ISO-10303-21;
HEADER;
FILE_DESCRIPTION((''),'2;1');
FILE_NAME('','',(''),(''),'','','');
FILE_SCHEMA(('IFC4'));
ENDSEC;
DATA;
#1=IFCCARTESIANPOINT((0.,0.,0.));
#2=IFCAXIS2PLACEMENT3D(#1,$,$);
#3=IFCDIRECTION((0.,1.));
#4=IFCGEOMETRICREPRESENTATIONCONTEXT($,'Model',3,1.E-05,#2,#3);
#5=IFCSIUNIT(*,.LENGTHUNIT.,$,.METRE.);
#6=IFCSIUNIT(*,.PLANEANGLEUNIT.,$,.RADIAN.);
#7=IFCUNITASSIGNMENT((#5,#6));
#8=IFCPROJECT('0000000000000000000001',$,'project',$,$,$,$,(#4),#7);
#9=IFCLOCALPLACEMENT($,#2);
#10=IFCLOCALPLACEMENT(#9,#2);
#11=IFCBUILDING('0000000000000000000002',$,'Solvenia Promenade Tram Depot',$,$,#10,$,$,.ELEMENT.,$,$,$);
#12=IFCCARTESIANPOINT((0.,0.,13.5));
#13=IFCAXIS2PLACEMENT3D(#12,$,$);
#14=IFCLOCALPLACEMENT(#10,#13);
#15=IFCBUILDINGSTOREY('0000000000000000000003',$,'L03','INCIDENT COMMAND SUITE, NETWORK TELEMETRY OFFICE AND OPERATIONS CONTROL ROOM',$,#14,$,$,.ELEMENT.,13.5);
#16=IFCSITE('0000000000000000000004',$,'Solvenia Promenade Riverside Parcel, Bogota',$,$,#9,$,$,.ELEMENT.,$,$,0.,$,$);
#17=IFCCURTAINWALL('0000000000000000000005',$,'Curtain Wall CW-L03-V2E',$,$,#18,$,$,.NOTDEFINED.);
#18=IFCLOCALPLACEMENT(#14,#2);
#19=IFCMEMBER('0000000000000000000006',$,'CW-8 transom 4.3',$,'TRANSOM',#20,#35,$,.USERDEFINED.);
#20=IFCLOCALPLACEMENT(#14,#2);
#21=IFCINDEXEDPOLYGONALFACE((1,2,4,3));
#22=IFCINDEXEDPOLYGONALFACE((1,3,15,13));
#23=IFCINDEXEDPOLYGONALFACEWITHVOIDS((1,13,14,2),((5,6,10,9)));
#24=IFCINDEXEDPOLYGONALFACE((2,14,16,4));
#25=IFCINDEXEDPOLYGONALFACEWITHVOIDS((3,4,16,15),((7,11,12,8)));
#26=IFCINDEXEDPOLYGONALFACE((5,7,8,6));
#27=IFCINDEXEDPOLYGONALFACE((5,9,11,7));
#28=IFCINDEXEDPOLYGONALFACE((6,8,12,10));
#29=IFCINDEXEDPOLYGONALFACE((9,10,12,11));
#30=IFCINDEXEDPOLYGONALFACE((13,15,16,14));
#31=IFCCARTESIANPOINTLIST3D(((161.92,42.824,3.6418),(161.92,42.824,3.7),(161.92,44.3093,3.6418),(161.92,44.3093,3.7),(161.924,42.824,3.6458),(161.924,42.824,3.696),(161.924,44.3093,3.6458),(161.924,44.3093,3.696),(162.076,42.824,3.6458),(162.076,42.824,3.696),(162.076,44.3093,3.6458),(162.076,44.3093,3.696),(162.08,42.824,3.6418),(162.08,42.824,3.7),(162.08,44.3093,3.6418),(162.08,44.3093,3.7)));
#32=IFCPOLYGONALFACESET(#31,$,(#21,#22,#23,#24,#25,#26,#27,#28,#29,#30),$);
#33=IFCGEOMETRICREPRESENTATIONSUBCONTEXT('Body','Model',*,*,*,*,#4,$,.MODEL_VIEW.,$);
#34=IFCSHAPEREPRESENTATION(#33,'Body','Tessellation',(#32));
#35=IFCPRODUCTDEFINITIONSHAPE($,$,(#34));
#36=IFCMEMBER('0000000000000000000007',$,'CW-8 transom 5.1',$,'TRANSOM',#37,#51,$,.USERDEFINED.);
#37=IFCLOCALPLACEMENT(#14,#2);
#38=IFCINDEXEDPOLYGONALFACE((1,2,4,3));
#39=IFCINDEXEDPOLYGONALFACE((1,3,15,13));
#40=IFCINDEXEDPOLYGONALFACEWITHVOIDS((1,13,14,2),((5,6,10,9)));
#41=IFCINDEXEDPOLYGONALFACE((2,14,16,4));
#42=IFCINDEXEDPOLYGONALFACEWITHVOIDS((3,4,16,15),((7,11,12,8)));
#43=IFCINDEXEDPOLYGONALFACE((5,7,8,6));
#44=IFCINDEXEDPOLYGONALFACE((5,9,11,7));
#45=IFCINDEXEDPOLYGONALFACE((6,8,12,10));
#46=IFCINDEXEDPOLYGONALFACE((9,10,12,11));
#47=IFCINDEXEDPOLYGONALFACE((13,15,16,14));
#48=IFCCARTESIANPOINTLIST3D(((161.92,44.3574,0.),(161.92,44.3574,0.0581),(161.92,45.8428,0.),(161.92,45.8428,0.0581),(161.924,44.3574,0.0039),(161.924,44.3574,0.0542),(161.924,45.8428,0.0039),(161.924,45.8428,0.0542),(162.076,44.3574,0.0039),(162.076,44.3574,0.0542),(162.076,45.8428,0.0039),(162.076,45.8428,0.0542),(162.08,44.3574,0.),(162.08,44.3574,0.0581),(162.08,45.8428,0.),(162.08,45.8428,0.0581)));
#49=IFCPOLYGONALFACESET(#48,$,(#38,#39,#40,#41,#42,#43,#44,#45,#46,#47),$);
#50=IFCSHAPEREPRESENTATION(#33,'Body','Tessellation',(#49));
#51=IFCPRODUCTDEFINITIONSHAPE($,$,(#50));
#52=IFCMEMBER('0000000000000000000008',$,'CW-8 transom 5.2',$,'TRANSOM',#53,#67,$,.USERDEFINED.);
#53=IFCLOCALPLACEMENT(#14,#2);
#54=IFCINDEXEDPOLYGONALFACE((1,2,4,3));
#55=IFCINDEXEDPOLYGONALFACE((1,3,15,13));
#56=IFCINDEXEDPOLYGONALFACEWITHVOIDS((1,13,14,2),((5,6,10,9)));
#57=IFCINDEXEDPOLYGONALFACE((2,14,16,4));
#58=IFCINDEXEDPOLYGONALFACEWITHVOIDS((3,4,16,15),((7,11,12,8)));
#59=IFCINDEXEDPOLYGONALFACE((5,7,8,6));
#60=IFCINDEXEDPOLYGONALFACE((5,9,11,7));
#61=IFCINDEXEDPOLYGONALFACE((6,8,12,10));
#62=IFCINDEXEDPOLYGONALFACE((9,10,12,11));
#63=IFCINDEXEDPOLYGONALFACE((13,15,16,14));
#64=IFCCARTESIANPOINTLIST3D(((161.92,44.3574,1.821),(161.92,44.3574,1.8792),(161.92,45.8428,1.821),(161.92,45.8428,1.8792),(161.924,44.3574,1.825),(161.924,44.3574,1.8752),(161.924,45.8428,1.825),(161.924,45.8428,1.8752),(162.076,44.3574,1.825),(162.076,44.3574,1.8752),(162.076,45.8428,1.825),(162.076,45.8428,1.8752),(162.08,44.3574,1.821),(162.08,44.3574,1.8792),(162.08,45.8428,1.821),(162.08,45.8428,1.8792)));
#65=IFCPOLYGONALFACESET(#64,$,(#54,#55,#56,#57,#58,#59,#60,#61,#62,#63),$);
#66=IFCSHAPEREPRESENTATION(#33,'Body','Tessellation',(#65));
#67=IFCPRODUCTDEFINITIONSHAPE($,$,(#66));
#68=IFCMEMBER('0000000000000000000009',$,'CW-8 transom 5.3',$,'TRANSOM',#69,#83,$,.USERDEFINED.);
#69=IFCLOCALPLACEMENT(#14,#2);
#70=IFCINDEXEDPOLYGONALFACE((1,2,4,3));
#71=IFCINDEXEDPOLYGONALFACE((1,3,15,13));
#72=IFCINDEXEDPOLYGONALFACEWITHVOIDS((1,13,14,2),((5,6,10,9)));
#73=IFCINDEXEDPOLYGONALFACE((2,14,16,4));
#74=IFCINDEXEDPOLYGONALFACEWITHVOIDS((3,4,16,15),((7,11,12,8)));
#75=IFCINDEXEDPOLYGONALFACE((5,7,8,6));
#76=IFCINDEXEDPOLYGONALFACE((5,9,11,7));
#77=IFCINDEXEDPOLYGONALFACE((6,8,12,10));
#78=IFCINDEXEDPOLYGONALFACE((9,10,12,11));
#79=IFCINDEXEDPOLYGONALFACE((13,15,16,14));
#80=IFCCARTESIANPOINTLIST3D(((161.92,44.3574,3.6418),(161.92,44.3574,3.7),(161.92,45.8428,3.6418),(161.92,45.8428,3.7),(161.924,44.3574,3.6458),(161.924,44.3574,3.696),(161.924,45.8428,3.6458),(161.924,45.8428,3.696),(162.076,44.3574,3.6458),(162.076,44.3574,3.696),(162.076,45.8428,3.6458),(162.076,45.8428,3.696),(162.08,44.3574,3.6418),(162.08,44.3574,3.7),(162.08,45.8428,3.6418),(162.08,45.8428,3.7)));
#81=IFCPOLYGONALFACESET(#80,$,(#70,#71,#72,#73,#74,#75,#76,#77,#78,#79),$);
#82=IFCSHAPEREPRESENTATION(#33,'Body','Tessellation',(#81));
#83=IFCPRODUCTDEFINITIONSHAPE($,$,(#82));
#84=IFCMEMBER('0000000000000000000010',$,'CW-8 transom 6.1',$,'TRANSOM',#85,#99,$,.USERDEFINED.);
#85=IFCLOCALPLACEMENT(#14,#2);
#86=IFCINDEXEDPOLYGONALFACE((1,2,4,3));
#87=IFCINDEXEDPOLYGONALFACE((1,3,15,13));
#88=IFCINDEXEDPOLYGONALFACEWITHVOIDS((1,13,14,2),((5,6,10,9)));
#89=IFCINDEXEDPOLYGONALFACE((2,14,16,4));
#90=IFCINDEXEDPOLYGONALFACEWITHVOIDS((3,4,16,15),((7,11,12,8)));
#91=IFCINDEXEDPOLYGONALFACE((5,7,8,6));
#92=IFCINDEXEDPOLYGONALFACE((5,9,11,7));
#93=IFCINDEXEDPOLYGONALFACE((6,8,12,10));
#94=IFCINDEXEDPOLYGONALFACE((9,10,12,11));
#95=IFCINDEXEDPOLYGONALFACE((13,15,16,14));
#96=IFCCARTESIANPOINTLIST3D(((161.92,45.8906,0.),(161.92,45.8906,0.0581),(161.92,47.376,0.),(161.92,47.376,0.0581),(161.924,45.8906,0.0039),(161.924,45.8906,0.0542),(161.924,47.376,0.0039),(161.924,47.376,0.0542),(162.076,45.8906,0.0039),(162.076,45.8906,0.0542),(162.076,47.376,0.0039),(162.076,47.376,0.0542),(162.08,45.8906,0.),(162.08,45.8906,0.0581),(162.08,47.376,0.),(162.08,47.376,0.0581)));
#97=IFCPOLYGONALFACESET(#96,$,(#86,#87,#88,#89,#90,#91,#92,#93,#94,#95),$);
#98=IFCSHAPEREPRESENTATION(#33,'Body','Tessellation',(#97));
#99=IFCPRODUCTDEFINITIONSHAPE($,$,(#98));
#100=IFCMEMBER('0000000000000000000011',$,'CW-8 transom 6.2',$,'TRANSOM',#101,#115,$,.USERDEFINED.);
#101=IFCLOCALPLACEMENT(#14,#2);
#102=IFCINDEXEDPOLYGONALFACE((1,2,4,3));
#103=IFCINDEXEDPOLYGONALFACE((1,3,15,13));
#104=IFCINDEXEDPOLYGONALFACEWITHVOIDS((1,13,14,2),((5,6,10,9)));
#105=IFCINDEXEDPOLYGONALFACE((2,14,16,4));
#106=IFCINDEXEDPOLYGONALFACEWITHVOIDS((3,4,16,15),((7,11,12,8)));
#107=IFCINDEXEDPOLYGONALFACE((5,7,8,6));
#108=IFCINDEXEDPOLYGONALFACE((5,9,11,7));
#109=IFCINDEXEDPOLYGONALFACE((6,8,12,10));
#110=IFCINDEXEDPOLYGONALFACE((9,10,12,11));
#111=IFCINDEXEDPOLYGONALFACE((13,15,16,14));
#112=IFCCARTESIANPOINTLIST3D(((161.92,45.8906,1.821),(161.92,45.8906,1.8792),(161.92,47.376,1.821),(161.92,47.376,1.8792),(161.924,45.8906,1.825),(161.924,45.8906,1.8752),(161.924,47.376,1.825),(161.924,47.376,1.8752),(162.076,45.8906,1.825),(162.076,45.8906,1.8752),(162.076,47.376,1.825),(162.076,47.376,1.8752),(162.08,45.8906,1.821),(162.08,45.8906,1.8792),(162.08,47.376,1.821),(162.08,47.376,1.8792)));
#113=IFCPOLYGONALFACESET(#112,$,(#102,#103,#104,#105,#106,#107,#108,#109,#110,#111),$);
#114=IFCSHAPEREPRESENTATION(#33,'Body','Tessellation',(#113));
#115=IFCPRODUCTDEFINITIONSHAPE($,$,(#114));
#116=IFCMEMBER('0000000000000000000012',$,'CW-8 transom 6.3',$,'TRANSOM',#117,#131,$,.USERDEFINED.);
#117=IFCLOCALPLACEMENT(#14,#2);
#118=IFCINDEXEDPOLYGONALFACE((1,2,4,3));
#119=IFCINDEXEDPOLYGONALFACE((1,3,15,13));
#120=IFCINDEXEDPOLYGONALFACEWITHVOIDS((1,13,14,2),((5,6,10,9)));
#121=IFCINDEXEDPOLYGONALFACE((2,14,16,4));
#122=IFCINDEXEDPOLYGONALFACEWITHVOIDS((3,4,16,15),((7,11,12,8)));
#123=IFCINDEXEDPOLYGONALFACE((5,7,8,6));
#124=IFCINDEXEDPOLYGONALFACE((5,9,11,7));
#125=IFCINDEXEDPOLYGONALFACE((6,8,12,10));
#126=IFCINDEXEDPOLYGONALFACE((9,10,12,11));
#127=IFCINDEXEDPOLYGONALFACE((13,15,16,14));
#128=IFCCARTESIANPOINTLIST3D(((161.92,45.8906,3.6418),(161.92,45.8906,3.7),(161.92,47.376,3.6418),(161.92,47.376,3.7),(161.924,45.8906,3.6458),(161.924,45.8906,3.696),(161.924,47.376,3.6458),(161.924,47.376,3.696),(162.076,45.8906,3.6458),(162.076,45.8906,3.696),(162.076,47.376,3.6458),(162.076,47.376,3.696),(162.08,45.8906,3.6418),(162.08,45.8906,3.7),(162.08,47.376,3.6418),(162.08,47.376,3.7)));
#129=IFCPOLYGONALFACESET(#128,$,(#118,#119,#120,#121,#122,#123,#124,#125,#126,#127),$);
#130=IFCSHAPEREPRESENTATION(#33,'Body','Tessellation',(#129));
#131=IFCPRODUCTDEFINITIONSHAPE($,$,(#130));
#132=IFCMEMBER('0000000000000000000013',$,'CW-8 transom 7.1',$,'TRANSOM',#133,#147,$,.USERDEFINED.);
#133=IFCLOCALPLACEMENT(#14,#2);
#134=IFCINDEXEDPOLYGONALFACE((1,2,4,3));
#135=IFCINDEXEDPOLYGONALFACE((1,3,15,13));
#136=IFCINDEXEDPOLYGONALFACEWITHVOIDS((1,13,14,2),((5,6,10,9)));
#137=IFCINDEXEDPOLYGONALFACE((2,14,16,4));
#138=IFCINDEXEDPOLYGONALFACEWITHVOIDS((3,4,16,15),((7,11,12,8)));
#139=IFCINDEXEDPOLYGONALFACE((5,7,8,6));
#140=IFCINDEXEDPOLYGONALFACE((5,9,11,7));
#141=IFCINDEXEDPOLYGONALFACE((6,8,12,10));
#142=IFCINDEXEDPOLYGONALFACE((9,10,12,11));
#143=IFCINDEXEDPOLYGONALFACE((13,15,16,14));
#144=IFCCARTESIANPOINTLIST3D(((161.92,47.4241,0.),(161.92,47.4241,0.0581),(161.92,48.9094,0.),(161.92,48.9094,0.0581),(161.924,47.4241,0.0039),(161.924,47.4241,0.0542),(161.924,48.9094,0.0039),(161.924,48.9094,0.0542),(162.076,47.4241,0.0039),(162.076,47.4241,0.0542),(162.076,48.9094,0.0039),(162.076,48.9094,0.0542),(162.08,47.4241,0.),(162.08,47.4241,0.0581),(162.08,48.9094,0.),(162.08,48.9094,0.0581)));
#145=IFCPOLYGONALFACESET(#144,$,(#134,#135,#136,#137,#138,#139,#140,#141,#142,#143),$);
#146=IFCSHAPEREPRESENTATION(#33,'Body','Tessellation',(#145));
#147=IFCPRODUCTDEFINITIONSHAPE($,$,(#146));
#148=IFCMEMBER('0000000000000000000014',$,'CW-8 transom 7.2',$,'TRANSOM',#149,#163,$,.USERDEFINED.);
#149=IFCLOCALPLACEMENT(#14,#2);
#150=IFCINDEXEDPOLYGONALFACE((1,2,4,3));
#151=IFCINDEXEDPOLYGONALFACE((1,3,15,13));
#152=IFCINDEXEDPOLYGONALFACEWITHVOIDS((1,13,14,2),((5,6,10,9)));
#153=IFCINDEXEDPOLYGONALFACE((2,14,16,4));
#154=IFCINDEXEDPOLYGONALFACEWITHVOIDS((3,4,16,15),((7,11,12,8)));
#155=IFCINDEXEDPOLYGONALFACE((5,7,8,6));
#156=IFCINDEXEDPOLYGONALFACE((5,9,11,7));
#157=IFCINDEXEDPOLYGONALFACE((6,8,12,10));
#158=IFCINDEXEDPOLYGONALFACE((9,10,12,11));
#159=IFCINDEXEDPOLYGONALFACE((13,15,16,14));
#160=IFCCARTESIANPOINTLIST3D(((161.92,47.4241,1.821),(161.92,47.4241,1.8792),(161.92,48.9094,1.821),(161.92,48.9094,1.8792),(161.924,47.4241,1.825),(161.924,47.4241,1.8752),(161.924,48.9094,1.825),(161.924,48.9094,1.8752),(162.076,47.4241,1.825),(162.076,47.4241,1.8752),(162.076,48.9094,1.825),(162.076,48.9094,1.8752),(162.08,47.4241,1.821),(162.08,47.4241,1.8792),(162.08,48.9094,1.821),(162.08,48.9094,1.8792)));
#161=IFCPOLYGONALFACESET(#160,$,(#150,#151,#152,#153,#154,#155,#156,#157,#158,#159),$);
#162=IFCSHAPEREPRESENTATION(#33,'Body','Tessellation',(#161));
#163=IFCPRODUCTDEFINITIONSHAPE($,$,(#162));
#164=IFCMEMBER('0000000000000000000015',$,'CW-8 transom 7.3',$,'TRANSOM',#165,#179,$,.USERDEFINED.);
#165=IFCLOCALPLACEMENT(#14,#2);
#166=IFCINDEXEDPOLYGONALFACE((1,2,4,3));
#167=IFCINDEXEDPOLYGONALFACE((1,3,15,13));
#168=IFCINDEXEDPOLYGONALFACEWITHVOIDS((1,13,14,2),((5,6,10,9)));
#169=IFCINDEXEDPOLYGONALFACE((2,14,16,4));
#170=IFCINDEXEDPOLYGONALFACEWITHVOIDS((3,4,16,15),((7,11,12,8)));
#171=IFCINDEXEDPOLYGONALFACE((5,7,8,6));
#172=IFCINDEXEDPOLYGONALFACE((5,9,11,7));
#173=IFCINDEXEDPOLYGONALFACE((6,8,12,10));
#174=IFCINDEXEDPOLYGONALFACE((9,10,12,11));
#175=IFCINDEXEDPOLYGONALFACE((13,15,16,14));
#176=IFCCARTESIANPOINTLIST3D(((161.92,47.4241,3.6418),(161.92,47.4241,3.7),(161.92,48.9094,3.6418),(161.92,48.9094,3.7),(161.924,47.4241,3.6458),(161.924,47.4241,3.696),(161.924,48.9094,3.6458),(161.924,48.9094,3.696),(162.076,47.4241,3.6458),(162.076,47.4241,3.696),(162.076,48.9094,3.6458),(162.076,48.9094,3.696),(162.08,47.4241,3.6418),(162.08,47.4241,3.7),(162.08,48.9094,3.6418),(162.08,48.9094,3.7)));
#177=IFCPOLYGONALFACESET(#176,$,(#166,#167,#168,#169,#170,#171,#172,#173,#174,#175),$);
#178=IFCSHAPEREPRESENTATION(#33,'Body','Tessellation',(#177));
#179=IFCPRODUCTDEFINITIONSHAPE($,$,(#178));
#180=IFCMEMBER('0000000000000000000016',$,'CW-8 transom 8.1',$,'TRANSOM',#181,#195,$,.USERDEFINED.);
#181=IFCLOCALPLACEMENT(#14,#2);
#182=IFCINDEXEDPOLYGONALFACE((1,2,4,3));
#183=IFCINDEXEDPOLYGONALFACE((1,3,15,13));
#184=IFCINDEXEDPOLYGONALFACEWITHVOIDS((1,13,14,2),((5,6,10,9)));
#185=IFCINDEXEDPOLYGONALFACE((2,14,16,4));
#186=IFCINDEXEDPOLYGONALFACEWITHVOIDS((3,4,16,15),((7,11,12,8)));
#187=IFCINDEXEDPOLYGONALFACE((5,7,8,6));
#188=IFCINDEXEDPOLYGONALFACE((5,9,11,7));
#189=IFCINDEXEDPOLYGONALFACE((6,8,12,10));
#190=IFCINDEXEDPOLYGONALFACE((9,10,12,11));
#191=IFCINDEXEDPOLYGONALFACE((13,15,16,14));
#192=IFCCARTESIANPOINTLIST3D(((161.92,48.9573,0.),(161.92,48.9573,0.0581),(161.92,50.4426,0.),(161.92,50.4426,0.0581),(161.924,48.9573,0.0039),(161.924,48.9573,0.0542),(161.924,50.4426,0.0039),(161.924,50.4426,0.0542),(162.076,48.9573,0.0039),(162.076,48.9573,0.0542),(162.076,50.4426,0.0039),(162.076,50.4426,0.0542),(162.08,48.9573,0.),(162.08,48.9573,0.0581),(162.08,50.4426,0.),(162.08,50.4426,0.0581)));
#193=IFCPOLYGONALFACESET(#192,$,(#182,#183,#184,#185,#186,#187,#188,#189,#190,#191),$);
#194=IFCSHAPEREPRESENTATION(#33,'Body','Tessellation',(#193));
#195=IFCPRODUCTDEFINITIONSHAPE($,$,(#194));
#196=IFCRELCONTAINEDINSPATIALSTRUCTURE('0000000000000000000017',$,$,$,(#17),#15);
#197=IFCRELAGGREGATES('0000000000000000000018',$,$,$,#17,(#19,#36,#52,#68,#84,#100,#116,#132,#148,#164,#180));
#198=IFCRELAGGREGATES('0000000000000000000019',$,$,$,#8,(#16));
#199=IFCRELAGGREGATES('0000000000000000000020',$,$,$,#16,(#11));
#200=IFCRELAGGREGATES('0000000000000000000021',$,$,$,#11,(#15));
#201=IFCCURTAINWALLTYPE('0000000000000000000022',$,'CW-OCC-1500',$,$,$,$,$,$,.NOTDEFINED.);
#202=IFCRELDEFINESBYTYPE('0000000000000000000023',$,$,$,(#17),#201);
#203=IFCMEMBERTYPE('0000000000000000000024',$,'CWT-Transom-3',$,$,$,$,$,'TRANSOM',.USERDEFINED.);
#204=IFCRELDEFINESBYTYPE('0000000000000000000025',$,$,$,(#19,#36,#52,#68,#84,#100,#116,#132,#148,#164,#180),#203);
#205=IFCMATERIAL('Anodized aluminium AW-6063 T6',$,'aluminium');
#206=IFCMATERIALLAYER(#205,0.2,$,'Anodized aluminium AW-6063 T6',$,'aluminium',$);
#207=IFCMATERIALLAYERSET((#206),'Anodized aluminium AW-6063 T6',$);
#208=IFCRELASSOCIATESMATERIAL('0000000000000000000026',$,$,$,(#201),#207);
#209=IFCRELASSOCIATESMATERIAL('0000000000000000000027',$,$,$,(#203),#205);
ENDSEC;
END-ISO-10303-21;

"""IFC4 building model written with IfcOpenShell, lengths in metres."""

from ifc_helpers import new_model, si_unit, direction, frame, origin, origin_2d, place, context, subcontext, project, spatial, hollow_rectangle, extrude, material, layer, layer_set, material_profile, profile_set, type_object, element, aggregate, save


model = new_model("IFC4")

# Units and contexts
model_context = context("Model", 3, precision=1e-05, world=origin(), true_north=direction((0.0, 1.0)))
body_context = subcontext(model_context, "Body", "Model", "MODEL_VIEW")
ifc_project = project(units=[si_unit("LENGTHUNIT", "METRE"), si_unit("PLANEANGLEUNIT", "RADIAN")], contexts=[model_context])

# Site, building, storey
site_placement = place(None, origin())
site = spatial("IfcSite", under=ifc_project, at=site_placement, Name="Solvenia Promenade Riverside Parcel, Bogota", CompositionType="ELEMENT", RefElevation=0.0)
building_placement = place(site_placement, origin())
building = spatial("IfcBuilding", under=site, at=building_placement, Name="Solvenia Promenade Tram Depot", CompositionType="ELEMENT")
storey_placement = place(building_placement, frame((0.0, 0.0, 13.5)))
storey = spatial("IfcBuildingStorey", under=building, at=storey_placement, Name="L03", Description="INCIDENT COMMAND SUITE, NETWORK TELEMETRY OFFICE AND OPERATIONS CONTROL ROOM", CompositionType="ELEMENT", Elevation=13.5)

# Curtain wall, members
ifc_material_1 = material(Name="Anodized aluminium AW-6063 T6", Category="aluminium")
ifc_layer_1 = layer(ifc_material_1, 0.2, Name="Anodized aluminium AW-6063 T6", Category="aluminium")
ifc_layer_set_1 = layer_set([ifc_layer_1], Name="Anodized aluminium AW-6063 T6")
curtain_wall_type = type_object("IfcCurtainWallType", Name="CW-OCC-1500", PredefinedType="NOTDEFINED", material=ifc_layer_set_1)
curtain_wall_placement = place(storey_placement, origin())
curtain_wall = element("IfcCurtainWall", 1, at=curtain_wall_placement, inside=storey, type_object=curtain_wall_type, Name="Curtain Wall CW-L03-V2E", PredefinedType="NOTDEFINED")
ifc_material_profile_1 = material_profile(ifc_material_1, hollow_rectangle(XDim=0.1599, YDim=0.0581, WallThickness=0.0039, at=origin_2d()), Name="ALU-T3", Category="aluminium")
ifc_profile_set_1 = profile_set([ifc_material_profile_1], Name="Anodized aluminium AW-6063 T6")
member_type_1 = type_object("IfcMemberType", Name="CWT-Transom-3", ElementType="TRANSOM", PredefinedType="USERDEFINED", material=ifc_profile_set_1)
member_1_placement = place(storey_placement, frame((162.0, 42.824, 3.6709), z_axis=(0.0, 1.0, 0.0), x_axis=(-1.0, 0.0, 0.0)))
member_1 = element("IfcMember", 2, at=member_1_placement, type_object=member_type_1, Name="CW-8 transom 4.3", ObjectType="TRANSOM", PredefinedType="USERDEFINED", context=body_context, shape_type="SweptSolid", body=[
    extrude(hollow_rectangle(XDim=0.1599, YDim=0.0581, WallThickness=0.0039, at=origin_2d()), origin(), (0.0, 0.0, 1.0), 1.4854),
])
member_2_placement = place(storey_placement, frame((162.0, 44.3574, 0.0291), z_axis=(0.0, 1.0, 0.0), x_axis=(-1.0, 0.0, 0.0)))
member_2 = element("IfcMember", 3, at=member_2_placement, type_object=member_type_1, Name="CW-8 transom 5.1", ObjectType="TRANSOM", PredefinedType="USERDEFINED", context=body_context, shape_type="SweptSolid", body=[
    extrude(hollow_rectangle(XDim=0.1599, YDim=0.0581, WallThickness=0.0039, at=origin_2d()), origin(), (0.0, 0.0, 1.0), 1.4854),
])
member_3_placement = place(storey_placement, frame((162.0, 44.3574, 1.8501), z_axis=(0.0, 1.0, 0.0), x_axis=(-1.0, 0.0, 0.0)))
member_3 = element("IfcMember", 4, at=member_3_placement, type_object=member_type_1, Name="CW-8 transom 5.2", ObjectType="TRANSOM", PredefinedType="USERDEFINED", context=body_context, shape_type="SweptSolid", body=[
    extrude(hollow_rectangle(XDim=0.1599, YDim=0.0581, WallThickness=0.0039, at=origin_2d()), origin(), (0.0, 0.0, 1.0), 1.4854),
])
member_4_placement = place(storey_placement, frame((162.0, 44.3574, 3.6709), z_axis=(0.0, 1.0, 0.0), x_axis=(-1.0, 0.0, 0.0)))
member_4 = element("IfcMember", 5, at=member_4_placement, type_object=member_type_1, Name="CW-8 transom 5.3", ObjectType="TRANSOM", PredefinedType="USERDEFINED", context=body_context, shape_type="SweptSolid", body=[
    extrude(hollow_rectangle(XDim=0.1599, YDim=0.0581, WallThickness=0.0039, at=origin_2d()), origin(), (0.0, 0.0, 1.0), 1.4854),
])
member_5_placement = place(storey_placement, frame((162.0, 45.8906, 0.0291), z_axis=(0.0, 1.0, 0.0), x_axis=(-1.0, 0.0, 0.0)))
member_5 = element("IfcMember", 6, at=member_5_placement, type_object=member_type_1, Name="CW-8 transom 6.1", ObjectType="TRANSOM", PredefinedType="USERDEFINED", context=body_context, shape_type="SweptSolid", body=[
    extrude(hollow_rectangle(XDim=0.1599, YDim=0.0581, WallThickness=0.0039, at=origin_2d()), origin(), (0.0, 0.0, 1.0), 1.4854),
])
member_6_placement = place(storey_placement, frame((162.0, 45.8906, 1.8501), z_axis=(0.0, 1.0, 0.0), x_axis=(-1.0, 0.0, 0.0)))
member_6 = element("IfcMember", 7, at=member_6_placement, type_object=member_type_1, Name="CW-8 transom 6.2", ObjectType="TRANSOM", PredefinedType="USERDEFINED", context=body_context, shape_type="SweptSolid", body=[
    extrude(hollow_rectangle(XDim=0.1599, YDim=0.0581, WallThickness=0.0039, at=origin_2d()), origin(), (0.0, 0.0, 1.0), 1.4854),
])
member_7_placement = place(storey_placement, frame((162.0, 45.8906, 3.6709), z_axis=(0.0, 1.0, 0.0), x_axis=(-1.0, 0.0, 0.0)))
member_7 = element("IfcMember", 8, at=member_7_placement, type_object=member_type_1, Name="CW-8 transom 6.3", ObjectType="TRANSOM", PredefinedType="USERDEFINED", context=body_context, shape_type="SweptSolid", body=[
    extrude(hollow_rectangle(XDim=0.1599, YDim=0.0581, WallThickness=0.0039, at=origin_2d()), origin(), (0.0, 0.0, 1.0), 1.4854),
])
member_8_placement = place(storey_placement, frame((162.0, 47.4241, 0.0291), z_axis=(0.0, 1.0, 0.0), x_axis=(-1.0, 0.0, 0.0)))
member_8 = element("IfcMember", 9, at=member_8_placement, type_object=member_type_1, Name="CW-8 transom 7.1", ObjectType="TRANSOM", PredefinedType="USERDEFINED", context=body_context, shape_type="SweptSolid", body=[
    extrude(hollow_rectangle(XDim=0.1599, YDim=0.0581, WallThickness=0.0039, at=origin_2d()), origin(), (0.0, 0.0, 1.0), 1.4854),
])
member_9_placement = place(storey_placement, frame((162.0, 47.4241, 1.8501), z_axis=(0.0, 1.0, 0.0), x_axis=(-1.0, 0.0, 0.0)))
member_9 = element("IfcMember", 10, at=member_9_placement, type_object=member_type_1, Name="CW-8 transom 7.2", ObjectType="TRANSOM", PredefinedType="USERDEFINED", context=body_context, shape_type="SweptSolid", body=[
    extrude(hollow_rectangle(XDim=0.1599, YDim=0.0581, WallThickness=0.0039, at=origin_2d()), origin(), (0.0, 0.0, 1.0), 1.4854),
])
member_10_placement = place(storey_placement, frame((162.0, 47.4241, 3.6709), z_axis=(0.0, 1.0, 0.0), x_axis=(-1.0, 0.0, 0.0)))
member_10 = element("IfcMember", 11, at=member_10_placement, type_object=member_type_1, Name="CW-8 transom 7.3", ObjectType="TRANSOM", PredefinedType="USERDEFINED", context=body_context, shape_type="SweptSolid", body=[
    extrude(hollow_rectangle(XDim=0.1599, YDim=0.0581, WallThickness=0.0039, at=origin_2d()), origin(), (0.0, 0.0, 1.0), 1.4854),
])
member_11_placement = place(storey_placement, frame((162.0, 48.9573, 0.0291), z_axis=(0.0, 1.0, 0.0), x_axis=(-1.0, 0.0, 0.0)))
member_11 = element("IfcMember", 12, at=member_11_placement, type_object=member_type_1, Name="CW-8 transom 8.1", ObjectType="TRANSOM", PredefinedType="USERDEFINED", context=body_context, shape_type="SweptSolid", body=[
    extrude(hollow_rectangle(XDim=0.1599, YDim=0.0581, WallThickness=0.0039, at=origin_2d()), origin(), (0.0, 0.0, 1.0), 1.4854),
])
aggregate(curtain_wall, [member_1, member_2, member_3, member_4, member_5, member_6, member_7, member_8, member_9, member_10, member_11])

save(model, "model.ifc")
